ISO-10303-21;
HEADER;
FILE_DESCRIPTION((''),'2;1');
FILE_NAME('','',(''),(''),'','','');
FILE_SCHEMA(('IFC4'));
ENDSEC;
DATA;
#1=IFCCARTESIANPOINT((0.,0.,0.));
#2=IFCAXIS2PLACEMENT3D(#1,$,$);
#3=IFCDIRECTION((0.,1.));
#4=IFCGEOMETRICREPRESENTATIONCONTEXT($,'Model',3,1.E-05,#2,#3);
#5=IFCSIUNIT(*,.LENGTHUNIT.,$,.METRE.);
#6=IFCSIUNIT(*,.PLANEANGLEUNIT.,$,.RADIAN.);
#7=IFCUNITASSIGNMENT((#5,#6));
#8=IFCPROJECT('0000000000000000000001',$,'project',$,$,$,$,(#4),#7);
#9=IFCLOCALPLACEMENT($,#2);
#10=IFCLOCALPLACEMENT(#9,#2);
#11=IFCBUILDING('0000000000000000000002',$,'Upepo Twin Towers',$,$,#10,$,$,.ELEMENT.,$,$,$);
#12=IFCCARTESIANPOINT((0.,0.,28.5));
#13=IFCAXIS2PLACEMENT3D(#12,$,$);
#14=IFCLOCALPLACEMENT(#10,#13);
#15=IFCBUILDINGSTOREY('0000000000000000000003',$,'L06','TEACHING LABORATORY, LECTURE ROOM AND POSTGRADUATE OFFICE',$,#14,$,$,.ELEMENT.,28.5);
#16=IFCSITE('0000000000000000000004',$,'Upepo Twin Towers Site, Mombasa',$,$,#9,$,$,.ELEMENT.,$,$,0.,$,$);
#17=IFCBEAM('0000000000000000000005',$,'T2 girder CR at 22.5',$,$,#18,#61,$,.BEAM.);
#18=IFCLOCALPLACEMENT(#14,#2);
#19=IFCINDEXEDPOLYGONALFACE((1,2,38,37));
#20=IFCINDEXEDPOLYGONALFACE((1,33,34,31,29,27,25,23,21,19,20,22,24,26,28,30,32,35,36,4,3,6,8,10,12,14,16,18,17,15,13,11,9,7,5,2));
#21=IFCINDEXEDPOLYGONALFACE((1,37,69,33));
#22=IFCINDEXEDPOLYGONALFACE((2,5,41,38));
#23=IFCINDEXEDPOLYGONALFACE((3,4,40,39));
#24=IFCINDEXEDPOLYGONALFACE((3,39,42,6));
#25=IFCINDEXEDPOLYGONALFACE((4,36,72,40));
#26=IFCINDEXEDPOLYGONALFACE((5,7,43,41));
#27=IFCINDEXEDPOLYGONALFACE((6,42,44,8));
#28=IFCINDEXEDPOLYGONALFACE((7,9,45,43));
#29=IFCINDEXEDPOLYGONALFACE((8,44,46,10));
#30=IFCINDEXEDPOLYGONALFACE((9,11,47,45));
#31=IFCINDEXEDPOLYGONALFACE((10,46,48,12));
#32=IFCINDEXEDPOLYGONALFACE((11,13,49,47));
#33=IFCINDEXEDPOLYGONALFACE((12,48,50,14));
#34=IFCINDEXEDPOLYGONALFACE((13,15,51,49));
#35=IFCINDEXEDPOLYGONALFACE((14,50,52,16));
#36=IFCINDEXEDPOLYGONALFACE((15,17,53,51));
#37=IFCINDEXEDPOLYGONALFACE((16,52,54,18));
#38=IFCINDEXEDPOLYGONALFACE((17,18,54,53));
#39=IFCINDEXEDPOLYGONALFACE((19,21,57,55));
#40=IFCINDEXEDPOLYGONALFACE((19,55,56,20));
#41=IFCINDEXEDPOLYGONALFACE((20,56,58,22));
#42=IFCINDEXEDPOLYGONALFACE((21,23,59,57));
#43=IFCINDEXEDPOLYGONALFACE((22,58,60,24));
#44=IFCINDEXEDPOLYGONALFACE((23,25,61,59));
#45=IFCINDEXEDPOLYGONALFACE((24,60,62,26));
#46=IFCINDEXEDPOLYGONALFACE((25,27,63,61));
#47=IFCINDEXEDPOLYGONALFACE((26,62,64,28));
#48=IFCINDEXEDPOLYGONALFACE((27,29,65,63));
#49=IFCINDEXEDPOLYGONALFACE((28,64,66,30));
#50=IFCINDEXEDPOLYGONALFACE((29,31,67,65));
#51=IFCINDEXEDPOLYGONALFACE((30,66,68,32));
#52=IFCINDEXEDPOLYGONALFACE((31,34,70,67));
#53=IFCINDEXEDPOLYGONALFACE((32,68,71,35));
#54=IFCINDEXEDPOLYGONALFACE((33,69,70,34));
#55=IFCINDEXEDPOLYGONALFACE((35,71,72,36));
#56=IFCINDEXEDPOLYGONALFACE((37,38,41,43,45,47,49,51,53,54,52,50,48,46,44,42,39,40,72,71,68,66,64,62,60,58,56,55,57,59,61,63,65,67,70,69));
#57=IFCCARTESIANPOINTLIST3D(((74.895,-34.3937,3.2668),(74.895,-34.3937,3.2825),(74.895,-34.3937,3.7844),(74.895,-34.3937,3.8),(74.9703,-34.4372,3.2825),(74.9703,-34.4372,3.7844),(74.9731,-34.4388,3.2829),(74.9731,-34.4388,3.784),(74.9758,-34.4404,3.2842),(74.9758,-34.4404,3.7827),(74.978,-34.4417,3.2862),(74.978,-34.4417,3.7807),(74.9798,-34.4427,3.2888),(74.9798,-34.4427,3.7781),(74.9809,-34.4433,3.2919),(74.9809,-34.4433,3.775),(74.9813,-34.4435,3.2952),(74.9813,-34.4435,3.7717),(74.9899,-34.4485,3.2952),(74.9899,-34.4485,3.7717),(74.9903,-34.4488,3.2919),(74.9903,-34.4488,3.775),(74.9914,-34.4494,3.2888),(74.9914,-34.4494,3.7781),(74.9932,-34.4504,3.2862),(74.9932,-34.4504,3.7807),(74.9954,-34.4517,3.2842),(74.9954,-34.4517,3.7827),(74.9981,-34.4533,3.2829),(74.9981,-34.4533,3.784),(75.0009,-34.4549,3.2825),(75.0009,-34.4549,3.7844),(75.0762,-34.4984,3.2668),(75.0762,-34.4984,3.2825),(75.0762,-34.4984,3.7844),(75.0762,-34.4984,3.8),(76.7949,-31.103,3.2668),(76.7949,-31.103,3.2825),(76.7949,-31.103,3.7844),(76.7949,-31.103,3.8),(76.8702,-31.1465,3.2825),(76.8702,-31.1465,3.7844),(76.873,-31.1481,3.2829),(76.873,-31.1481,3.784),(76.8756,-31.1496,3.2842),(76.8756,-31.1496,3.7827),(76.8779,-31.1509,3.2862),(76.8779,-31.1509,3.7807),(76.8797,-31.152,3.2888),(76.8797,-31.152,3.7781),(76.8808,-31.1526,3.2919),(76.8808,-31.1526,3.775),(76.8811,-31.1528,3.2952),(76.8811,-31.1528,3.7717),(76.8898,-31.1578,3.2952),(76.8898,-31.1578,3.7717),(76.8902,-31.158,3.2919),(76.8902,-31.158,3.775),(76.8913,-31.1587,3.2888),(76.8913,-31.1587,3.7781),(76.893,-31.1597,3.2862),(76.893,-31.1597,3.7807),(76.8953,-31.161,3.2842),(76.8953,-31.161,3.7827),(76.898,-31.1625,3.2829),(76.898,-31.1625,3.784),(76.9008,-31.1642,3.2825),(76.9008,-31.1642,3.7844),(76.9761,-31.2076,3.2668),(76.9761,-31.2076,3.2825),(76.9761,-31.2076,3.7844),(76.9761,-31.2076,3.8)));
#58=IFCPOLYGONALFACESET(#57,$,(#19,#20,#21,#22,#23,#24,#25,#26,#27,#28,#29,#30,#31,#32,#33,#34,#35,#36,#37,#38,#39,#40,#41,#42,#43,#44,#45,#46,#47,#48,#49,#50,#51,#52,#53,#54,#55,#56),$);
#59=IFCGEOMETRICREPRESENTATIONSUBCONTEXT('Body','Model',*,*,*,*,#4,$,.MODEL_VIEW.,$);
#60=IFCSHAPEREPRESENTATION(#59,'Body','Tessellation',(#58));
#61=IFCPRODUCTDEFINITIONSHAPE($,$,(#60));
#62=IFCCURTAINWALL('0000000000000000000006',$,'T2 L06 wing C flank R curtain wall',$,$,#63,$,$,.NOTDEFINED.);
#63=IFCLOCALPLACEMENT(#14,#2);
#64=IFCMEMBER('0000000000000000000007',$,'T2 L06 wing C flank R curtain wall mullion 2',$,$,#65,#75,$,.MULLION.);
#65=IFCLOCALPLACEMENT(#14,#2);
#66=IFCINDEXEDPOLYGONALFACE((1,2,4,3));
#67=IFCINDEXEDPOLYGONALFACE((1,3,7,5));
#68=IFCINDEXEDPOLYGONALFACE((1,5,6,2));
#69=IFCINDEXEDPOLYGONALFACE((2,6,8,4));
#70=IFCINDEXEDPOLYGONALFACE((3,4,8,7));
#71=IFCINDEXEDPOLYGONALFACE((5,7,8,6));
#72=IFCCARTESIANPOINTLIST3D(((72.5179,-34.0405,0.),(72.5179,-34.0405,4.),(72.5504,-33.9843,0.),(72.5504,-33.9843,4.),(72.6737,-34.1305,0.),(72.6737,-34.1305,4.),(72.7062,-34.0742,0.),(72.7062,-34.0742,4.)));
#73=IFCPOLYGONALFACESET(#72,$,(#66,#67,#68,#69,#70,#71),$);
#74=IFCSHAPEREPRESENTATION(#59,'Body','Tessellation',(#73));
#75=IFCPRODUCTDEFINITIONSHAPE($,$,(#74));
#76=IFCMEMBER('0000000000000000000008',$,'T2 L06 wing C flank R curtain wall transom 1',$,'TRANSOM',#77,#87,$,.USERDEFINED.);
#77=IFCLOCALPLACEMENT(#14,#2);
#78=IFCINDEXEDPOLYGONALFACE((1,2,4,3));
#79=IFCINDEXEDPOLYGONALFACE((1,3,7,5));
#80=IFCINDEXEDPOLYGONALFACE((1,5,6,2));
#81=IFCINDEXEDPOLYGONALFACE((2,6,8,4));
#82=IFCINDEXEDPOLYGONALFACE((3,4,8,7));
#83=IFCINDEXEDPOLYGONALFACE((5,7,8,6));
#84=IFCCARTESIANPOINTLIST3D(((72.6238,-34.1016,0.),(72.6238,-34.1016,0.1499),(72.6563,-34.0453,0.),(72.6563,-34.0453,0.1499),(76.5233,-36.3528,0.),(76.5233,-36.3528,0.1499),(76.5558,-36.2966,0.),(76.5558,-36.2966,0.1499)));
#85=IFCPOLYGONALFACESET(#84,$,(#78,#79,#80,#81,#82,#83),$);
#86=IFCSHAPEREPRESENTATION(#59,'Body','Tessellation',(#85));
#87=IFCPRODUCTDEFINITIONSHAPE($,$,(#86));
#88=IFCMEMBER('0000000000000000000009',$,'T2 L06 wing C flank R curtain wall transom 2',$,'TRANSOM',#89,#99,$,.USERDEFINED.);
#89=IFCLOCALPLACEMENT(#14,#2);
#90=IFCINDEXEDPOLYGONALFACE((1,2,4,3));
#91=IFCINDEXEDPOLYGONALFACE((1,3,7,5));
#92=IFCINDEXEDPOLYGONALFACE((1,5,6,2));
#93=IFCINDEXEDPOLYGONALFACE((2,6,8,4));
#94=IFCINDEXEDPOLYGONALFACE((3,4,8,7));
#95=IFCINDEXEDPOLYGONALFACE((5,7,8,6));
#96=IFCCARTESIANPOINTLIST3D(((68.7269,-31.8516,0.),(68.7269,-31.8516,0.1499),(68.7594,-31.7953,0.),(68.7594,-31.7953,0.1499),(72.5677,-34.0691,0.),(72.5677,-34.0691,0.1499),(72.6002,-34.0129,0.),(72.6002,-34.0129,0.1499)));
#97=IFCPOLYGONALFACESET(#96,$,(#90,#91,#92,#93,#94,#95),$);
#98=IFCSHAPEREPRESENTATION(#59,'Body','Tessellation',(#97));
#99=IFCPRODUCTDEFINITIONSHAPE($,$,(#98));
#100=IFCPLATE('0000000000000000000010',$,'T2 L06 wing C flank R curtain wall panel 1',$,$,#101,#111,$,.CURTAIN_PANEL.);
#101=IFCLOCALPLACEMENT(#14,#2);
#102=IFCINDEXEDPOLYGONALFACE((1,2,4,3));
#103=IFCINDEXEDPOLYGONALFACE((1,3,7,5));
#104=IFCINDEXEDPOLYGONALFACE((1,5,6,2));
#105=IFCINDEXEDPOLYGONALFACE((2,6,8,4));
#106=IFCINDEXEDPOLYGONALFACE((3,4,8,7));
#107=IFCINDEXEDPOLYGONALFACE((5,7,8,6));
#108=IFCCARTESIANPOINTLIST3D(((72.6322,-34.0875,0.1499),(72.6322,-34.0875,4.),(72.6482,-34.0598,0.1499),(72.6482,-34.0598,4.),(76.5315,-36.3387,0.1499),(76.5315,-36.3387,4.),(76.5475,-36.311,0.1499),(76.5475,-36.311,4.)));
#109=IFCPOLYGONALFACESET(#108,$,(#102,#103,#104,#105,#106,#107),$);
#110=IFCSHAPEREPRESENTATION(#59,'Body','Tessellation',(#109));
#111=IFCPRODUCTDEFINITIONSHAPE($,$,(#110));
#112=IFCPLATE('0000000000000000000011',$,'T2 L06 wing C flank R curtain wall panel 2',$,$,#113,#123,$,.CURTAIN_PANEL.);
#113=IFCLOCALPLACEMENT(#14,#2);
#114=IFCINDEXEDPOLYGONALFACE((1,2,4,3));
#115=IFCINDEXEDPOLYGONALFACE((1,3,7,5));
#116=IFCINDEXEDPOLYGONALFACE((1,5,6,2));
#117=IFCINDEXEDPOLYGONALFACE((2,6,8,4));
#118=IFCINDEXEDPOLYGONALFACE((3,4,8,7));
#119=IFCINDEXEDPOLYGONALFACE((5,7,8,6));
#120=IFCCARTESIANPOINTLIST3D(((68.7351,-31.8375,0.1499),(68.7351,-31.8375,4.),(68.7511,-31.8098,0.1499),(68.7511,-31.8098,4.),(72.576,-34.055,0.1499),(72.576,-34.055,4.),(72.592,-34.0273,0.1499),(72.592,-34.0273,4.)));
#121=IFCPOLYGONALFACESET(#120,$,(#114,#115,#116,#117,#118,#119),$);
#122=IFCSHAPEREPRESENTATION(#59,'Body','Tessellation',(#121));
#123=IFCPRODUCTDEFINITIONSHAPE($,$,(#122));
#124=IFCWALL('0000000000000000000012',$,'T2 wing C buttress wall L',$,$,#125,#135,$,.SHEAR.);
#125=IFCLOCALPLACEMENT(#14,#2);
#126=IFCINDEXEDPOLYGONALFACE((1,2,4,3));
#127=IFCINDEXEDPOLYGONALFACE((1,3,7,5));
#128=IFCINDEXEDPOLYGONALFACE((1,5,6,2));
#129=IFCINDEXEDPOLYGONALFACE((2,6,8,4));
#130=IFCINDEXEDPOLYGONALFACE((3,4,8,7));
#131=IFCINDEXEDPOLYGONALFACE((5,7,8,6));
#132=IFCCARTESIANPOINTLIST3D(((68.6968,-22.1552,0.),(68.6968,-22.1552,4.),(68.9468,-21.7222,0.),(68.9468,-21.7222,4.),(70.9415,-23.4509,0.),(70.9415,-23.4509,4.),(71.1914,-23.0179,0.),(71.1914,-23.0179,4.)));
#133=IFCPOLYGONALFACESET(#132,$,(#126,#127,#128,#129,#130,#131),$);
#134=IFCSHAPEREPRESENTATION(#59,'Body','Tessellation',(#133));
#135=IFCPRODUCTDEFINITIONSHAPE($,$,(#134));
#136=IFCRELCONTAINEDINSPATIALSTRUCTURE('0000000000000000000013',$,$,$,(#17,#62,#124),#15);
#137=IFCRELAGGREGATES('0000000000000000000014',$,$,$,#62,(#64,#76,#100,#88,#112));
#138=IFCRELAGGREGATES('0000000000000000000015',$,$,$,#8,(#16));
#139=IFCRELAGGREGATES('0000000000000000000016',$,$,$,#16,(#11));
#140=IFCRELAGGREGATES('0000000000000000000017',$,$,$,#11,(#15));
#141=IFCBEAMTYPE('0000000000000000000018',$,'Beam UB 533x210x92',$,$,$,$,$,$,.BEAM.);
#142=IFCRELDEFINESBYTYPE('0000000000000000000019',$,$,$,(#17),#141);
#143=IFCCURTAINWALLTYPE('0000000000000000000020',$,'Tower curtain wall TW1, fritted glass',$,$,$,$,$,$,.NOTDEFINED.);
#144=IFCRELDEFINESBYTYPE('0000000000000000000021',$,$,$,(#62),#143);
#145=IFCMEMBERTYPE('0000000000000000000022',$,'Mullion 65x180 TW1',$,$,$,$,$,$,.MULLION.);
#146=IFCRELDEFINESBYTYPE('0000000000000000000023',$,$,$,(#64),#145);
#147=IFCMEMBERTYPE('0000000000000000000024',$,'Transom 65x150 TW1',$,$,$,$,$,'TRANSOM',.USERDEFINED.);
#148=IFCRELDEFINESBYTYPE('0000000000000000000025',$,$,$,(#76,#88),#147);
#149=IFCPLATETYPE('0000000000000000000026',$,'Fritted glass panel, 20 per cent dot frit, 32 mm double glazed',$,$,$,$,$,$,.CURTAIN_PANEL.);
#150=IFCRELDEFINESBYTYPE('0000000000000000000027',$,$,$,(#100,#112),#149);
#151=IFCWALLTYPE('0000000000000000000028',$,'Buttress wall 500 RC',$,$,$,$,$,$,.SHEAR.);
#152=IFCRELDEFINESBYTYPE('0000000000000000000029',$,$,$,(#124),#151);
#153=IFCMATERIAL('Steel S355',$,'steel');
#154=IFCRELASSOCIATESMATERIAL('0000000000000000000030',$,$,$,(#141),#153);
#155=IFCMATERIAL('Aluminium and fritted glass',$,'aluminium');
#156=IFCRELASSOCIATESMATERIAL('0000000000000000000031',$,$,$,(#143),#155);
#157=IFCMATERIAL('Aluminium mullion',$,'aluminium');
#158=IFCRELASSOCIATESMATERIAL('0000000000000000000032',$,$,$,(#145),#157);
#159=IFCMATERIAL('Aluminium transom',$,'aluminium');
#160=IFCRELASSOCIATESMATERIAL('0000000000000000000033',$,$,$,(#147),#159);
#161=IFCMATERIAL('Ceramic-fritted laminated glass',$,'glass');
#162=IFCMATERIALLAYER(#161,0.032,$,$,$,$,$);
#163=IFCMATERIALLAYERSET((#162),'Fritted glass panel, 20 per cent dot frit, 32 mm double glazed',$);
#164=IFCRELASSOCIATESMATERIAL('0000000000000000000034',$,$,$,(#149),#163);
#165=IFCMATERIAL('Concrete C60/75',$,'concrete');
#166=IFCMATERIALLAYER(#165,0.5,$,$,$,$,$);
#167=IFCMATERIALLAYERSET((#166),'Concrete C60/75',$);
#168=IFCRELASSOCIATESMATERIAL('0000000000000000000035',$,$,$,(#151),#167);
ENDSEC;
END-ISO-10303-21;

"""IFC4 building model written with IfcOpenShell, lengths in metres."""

from ifc_helpers import new_model, si_unit, direction, frame, frame_2d, origin, origin_2d, place, context, subcontext, project, spatial, rectangle, i_section, extrude, material, layer, layer_set, material_profile, profile_set, type_object, element, aggregate, save


model = new_model("IFC4")

# Units and contexts
model_context = context("Model", 3, precision=1e-05, world=origin(), true_north=direction((0.0, 1.0)))
body_context = subcontext(model_context, "Body", "Model", "MODEL_VIEW")
ifc_project = project(units=[si_unit("LENGTHUNIT", "METRE"), si_unit("PLANEANGLEUNIT", "RADIAN")], contexts=[model_context])

# Site, building, storey
site_placement = place(None, origin())
site = spatial("IfcSite", under=ifc_project, at=site_placement, Name="Upepo Twin Towers Site, Mombasa", CompositionType="ELEMENT", RefElevation=0.0)
building_placement = place(site_placement, origin())
building = spatial("IfcBuilding", under=site, at=building_placement, Name="Upepo Twin Towers", CompositionType="ELEMENT")
storey_placement = place(building_placement, frame((0.0, 0.0, 28.5)))
storey = spatial("IfcBuildingStorey", under=building, at=storey_placement, Name="L06", Description="TEACHING LABORATORY, LECTURE ROOM AND POSTGRADUATE OFFICE", CompositionType="ELEMENT", Elevation=28.5)

# Beam
ifc_material_1 = material(Name="Steel S355", Category="steel")
ifc_material_profile_1 = material_profile(ifc_material_1, i_section(OverallWidth=0.2092, OverallDepth=0.5332, WebThickness=0.01, FlangeThickness=0.0156, FilletRadius=0.0127, at=origin_2d()), Name="UB 533x210x92")
ifc_profile_set_1 = profile_set([ifc_material_profile_1], Name="Steel S355")
beam_type_1 = type_object("IfcBeamType", Name="Beam UB 533x210x92", PredefinedType="BEAM", material=ifc_profile_set_1)
beam_1_placement = place(storey_placement, frame((74.9856, -34.446, 3.5334), z_axis=(0.499995, 0.866028, 0.0), x_axis=(-0.866028, 0.499995, 0.0)))
element("IfcBeam", 1, at=beam_1_placement, inside=storey, type_object=beam_type_1, Name="T2 girder CR at 22.5", PredefinedType="BEAM", context=body_context, shape_type="SweptSolid", body=[
    extrude(i_section(OverallWidth=0.2092, OverallDepth=0.5332, WebThickness=0.01, FlangeThickness=0.0156, FilletRadius=0.0127, at=origin_2d()), origin(), (0.0, 0.0, 1.0), 3.7998),
])

# Curtain wall, members, plates
ifc_material_2 = material(Name="Aluminium and fritted glass", Category="aluminium")
curtain_wall_type = type_object("IfcCurtainWallType", Name="Tower curtain wall TW1, fritted glass", PredefinedType="NOTDEFINED", material=ifc_material_2)
curtain_wall_placement = place(storey_placement, origin())
curtain_wall = element("IfcCurtainWall", 2, at=curtain_wall_placement, inside=storey, type_object=curtain_wall_type, Name="T2 L06 wing C flank R curtain wall", PredefinedType="NOTDEFINED")
ifc_material_3 = material(Name="Aluminium mullion", Category="aluminium")
ifc_material_profile_2 = material_profile(ifc_material_3, rectangle(XDim=0.0649, YDim=0.1799, at=origin_2d()), Name="MULLION 65x180")
ifc_profile_set_2 = profile_set([ifc_material_profile_2], Name="Aluminium mullion")
member_type_1 = type_object("IfcMemberType", Name="Mullion 65x180 TW1", PredefinedType="MULLION", material=ifc_profile_set_2)
member_1_placement = place(storey_placement, frame((72.6121, -34.0574, 0.0), z_axis=(0.0, 0.0, 1.0), x_axis=(-0.5, -0.866025, 0.0)))
member_1 = element("IfcMember", 3, at=member_1_placement, type_object=member_type_1, Name="T2 L06 wing C flank R curtain wall mullion 2", PredefinedType="MULLION", context=body_context, shape_type="SweptSolid", body=[
    extrude(rectangle(XDim=0.0649, YDim=0.1799, at=origin_2d()), origin(), (0.0, 0.0, 1.0), 4.0),
])
ifc_material_4 = material(Name="Aluminium transom", Category="aluminium")
ifc_material_profile_3 = material_profile(ifc_material_4, rectangle(XDim=0.0649, YDim=0.1499, at=origin_2d()), Name="TRANSOM 65x150")
ifc_profile_set_3 = profile_set([ifc_material_profile_3], Name="Aluminium transom")
member_type_2 = type_object("IfcMemberType", Name="Transom 65x150 TW1", ElementType="TRANSOM", PredefinedType="USERDEFINED", material=ifc_profile_set_3)
member_2_placement = place(storey_placement, frame((76.5396, -36.3247, 0.075), z_axis=(-0.866036, 0.499982, 0.0), x_axis=(-0.499982, -0.866036, 0.0)))
member_2 = element("IfcMember", 4, at=member_2_placement, type_object=member_type_2, Name="T2 L06 wing C flank R curtain wall transom 1", ObjectType="TRANSOM", PredefinedType="USERDEFINED", context=body_context, shape_type="SweptSolid", body=[
    extrude(rectangle(XDim=0.0649, YDim=0.1499, at=origin_2d()), origin(), (0.0, 0.0, 1.0), 4.5027),
])
member_3_placement = place(storey_placement, frame((72.584, -34.041, 0.075), z_axis=(-0.866022, 0.500005, 0.0), x_axis=(-0.500005, -0.866022, 0.0)))
member_3 = element("IfcMember", 5, at=member_3_placement, type_object=member_type_2, Name="T2 L06 wing C flank R curtain wall transom 2", ObjectType="TRANSOM", PredefinedType="USERDEFINED", context=body_context, shape_type="SweptSolid", body=[
    extrude(rectangle(XDim=0.0649, YDim=0.1499, at=origin_2d()), origin(), (0.0, 0.0, 1.0), 4.4351),
])
ifc_material_5 = material(Name="Ceramic-fritted laminated glass", Category="glass")
ifc_layer_1 = layer(ifc_material_5, 0.032)
ifc_layer_set_1 = layer_set([ifc_layer_1], Name="Fritted glass panel, 20 per cent dot frit, 32 mm double glazed")
plate_type = type_object("IfcPlateType", Name="Fritted glass panel, 20 per cent dot frit, 32 mm double glazed", PredefinedType="CURTAIN_PANEL", material=ifc_layer_set_1)
plate_1_placement = place(storey_placement, frame((74.5898, -35.1992, 0.1499), z_axis=(0.0, 0.0, 1.0), x_axis=(-0.866025, 0.5, 0.0)))
plate_1 = element("IfcPlate", 6, at=plate_1_placement, type_object=plate_type, Name="T2 L06 wing C flank R curtain wall panel 1", PredefinedType="CURTAIN_PANEL", context=body_context, shape_type="SweptSolid", body=[
    extrude(rectangle(XDim=4.5024, YDim=0.032, at=origin_2d()), origin(), (0.0, 0.0, 1.0), 3.8501),
])
plate_2_placement = place(storey_placement, frame((70.6636, -32.9324, 0.1499), z_axis=(0.0, 0.0, 1.0), x_axis=(-0.866025, 0.5, 0.0)))
plate_2 = element("IfcPlate", 7, at=plate_2_placement, type_object=plate_type, Name="T2 L06 wing C flank R curtain wall panel 2", PredefinedType="CURTAIN_PANEL", context=body_context, shape_type="SweptSolid", body=[
    extrude(rectangle(XDim=4.4351, YDim=0.032, at=origin_2d()), origin(), (0.0, 0.0, 1.0), 3.8501),
])
aggregate(curtain_wall, [member_1, member_2, plate_1, member_3, plate_2])

# Wall
ifc_material_6 = material(Name="Concrete C60/75", Category="concrete")
ifc_layer_2 = layer(ifc_material_6, 0.5)
ifc_layer_set_2 = layer_set([ifc_layer_2], Name="Concrete C60/75")
wall_type_1 = type_object("IfcWallType", Name="Buttress wall 500 RC", PredefinedType="SHEAR", material=ifc_layer_set_2)
wall_1_placement = place(storey_placement, frame((68.8218, -21.9387, 0.0), z_axis=(0.0, 0.0, 1.0), x_axis=(0.866073, -0.499918, 0.0)))
element("IfcWall", 8, at=wall_1_placement, inside=storey, type_object=wall_type_1, Name="T2 wing C buttress wall L", PredefinedType="SHEAR", context=body_context, shape_type="SweptSolid", body=[
    extrude(rectangle(XDim=2.5918, YDim=0.5, at=frame_2d((1.2959, 0.0))), origin(), (0.0, 0.0, 1.0), 4.0),
])

save(model, "model.ifc")
